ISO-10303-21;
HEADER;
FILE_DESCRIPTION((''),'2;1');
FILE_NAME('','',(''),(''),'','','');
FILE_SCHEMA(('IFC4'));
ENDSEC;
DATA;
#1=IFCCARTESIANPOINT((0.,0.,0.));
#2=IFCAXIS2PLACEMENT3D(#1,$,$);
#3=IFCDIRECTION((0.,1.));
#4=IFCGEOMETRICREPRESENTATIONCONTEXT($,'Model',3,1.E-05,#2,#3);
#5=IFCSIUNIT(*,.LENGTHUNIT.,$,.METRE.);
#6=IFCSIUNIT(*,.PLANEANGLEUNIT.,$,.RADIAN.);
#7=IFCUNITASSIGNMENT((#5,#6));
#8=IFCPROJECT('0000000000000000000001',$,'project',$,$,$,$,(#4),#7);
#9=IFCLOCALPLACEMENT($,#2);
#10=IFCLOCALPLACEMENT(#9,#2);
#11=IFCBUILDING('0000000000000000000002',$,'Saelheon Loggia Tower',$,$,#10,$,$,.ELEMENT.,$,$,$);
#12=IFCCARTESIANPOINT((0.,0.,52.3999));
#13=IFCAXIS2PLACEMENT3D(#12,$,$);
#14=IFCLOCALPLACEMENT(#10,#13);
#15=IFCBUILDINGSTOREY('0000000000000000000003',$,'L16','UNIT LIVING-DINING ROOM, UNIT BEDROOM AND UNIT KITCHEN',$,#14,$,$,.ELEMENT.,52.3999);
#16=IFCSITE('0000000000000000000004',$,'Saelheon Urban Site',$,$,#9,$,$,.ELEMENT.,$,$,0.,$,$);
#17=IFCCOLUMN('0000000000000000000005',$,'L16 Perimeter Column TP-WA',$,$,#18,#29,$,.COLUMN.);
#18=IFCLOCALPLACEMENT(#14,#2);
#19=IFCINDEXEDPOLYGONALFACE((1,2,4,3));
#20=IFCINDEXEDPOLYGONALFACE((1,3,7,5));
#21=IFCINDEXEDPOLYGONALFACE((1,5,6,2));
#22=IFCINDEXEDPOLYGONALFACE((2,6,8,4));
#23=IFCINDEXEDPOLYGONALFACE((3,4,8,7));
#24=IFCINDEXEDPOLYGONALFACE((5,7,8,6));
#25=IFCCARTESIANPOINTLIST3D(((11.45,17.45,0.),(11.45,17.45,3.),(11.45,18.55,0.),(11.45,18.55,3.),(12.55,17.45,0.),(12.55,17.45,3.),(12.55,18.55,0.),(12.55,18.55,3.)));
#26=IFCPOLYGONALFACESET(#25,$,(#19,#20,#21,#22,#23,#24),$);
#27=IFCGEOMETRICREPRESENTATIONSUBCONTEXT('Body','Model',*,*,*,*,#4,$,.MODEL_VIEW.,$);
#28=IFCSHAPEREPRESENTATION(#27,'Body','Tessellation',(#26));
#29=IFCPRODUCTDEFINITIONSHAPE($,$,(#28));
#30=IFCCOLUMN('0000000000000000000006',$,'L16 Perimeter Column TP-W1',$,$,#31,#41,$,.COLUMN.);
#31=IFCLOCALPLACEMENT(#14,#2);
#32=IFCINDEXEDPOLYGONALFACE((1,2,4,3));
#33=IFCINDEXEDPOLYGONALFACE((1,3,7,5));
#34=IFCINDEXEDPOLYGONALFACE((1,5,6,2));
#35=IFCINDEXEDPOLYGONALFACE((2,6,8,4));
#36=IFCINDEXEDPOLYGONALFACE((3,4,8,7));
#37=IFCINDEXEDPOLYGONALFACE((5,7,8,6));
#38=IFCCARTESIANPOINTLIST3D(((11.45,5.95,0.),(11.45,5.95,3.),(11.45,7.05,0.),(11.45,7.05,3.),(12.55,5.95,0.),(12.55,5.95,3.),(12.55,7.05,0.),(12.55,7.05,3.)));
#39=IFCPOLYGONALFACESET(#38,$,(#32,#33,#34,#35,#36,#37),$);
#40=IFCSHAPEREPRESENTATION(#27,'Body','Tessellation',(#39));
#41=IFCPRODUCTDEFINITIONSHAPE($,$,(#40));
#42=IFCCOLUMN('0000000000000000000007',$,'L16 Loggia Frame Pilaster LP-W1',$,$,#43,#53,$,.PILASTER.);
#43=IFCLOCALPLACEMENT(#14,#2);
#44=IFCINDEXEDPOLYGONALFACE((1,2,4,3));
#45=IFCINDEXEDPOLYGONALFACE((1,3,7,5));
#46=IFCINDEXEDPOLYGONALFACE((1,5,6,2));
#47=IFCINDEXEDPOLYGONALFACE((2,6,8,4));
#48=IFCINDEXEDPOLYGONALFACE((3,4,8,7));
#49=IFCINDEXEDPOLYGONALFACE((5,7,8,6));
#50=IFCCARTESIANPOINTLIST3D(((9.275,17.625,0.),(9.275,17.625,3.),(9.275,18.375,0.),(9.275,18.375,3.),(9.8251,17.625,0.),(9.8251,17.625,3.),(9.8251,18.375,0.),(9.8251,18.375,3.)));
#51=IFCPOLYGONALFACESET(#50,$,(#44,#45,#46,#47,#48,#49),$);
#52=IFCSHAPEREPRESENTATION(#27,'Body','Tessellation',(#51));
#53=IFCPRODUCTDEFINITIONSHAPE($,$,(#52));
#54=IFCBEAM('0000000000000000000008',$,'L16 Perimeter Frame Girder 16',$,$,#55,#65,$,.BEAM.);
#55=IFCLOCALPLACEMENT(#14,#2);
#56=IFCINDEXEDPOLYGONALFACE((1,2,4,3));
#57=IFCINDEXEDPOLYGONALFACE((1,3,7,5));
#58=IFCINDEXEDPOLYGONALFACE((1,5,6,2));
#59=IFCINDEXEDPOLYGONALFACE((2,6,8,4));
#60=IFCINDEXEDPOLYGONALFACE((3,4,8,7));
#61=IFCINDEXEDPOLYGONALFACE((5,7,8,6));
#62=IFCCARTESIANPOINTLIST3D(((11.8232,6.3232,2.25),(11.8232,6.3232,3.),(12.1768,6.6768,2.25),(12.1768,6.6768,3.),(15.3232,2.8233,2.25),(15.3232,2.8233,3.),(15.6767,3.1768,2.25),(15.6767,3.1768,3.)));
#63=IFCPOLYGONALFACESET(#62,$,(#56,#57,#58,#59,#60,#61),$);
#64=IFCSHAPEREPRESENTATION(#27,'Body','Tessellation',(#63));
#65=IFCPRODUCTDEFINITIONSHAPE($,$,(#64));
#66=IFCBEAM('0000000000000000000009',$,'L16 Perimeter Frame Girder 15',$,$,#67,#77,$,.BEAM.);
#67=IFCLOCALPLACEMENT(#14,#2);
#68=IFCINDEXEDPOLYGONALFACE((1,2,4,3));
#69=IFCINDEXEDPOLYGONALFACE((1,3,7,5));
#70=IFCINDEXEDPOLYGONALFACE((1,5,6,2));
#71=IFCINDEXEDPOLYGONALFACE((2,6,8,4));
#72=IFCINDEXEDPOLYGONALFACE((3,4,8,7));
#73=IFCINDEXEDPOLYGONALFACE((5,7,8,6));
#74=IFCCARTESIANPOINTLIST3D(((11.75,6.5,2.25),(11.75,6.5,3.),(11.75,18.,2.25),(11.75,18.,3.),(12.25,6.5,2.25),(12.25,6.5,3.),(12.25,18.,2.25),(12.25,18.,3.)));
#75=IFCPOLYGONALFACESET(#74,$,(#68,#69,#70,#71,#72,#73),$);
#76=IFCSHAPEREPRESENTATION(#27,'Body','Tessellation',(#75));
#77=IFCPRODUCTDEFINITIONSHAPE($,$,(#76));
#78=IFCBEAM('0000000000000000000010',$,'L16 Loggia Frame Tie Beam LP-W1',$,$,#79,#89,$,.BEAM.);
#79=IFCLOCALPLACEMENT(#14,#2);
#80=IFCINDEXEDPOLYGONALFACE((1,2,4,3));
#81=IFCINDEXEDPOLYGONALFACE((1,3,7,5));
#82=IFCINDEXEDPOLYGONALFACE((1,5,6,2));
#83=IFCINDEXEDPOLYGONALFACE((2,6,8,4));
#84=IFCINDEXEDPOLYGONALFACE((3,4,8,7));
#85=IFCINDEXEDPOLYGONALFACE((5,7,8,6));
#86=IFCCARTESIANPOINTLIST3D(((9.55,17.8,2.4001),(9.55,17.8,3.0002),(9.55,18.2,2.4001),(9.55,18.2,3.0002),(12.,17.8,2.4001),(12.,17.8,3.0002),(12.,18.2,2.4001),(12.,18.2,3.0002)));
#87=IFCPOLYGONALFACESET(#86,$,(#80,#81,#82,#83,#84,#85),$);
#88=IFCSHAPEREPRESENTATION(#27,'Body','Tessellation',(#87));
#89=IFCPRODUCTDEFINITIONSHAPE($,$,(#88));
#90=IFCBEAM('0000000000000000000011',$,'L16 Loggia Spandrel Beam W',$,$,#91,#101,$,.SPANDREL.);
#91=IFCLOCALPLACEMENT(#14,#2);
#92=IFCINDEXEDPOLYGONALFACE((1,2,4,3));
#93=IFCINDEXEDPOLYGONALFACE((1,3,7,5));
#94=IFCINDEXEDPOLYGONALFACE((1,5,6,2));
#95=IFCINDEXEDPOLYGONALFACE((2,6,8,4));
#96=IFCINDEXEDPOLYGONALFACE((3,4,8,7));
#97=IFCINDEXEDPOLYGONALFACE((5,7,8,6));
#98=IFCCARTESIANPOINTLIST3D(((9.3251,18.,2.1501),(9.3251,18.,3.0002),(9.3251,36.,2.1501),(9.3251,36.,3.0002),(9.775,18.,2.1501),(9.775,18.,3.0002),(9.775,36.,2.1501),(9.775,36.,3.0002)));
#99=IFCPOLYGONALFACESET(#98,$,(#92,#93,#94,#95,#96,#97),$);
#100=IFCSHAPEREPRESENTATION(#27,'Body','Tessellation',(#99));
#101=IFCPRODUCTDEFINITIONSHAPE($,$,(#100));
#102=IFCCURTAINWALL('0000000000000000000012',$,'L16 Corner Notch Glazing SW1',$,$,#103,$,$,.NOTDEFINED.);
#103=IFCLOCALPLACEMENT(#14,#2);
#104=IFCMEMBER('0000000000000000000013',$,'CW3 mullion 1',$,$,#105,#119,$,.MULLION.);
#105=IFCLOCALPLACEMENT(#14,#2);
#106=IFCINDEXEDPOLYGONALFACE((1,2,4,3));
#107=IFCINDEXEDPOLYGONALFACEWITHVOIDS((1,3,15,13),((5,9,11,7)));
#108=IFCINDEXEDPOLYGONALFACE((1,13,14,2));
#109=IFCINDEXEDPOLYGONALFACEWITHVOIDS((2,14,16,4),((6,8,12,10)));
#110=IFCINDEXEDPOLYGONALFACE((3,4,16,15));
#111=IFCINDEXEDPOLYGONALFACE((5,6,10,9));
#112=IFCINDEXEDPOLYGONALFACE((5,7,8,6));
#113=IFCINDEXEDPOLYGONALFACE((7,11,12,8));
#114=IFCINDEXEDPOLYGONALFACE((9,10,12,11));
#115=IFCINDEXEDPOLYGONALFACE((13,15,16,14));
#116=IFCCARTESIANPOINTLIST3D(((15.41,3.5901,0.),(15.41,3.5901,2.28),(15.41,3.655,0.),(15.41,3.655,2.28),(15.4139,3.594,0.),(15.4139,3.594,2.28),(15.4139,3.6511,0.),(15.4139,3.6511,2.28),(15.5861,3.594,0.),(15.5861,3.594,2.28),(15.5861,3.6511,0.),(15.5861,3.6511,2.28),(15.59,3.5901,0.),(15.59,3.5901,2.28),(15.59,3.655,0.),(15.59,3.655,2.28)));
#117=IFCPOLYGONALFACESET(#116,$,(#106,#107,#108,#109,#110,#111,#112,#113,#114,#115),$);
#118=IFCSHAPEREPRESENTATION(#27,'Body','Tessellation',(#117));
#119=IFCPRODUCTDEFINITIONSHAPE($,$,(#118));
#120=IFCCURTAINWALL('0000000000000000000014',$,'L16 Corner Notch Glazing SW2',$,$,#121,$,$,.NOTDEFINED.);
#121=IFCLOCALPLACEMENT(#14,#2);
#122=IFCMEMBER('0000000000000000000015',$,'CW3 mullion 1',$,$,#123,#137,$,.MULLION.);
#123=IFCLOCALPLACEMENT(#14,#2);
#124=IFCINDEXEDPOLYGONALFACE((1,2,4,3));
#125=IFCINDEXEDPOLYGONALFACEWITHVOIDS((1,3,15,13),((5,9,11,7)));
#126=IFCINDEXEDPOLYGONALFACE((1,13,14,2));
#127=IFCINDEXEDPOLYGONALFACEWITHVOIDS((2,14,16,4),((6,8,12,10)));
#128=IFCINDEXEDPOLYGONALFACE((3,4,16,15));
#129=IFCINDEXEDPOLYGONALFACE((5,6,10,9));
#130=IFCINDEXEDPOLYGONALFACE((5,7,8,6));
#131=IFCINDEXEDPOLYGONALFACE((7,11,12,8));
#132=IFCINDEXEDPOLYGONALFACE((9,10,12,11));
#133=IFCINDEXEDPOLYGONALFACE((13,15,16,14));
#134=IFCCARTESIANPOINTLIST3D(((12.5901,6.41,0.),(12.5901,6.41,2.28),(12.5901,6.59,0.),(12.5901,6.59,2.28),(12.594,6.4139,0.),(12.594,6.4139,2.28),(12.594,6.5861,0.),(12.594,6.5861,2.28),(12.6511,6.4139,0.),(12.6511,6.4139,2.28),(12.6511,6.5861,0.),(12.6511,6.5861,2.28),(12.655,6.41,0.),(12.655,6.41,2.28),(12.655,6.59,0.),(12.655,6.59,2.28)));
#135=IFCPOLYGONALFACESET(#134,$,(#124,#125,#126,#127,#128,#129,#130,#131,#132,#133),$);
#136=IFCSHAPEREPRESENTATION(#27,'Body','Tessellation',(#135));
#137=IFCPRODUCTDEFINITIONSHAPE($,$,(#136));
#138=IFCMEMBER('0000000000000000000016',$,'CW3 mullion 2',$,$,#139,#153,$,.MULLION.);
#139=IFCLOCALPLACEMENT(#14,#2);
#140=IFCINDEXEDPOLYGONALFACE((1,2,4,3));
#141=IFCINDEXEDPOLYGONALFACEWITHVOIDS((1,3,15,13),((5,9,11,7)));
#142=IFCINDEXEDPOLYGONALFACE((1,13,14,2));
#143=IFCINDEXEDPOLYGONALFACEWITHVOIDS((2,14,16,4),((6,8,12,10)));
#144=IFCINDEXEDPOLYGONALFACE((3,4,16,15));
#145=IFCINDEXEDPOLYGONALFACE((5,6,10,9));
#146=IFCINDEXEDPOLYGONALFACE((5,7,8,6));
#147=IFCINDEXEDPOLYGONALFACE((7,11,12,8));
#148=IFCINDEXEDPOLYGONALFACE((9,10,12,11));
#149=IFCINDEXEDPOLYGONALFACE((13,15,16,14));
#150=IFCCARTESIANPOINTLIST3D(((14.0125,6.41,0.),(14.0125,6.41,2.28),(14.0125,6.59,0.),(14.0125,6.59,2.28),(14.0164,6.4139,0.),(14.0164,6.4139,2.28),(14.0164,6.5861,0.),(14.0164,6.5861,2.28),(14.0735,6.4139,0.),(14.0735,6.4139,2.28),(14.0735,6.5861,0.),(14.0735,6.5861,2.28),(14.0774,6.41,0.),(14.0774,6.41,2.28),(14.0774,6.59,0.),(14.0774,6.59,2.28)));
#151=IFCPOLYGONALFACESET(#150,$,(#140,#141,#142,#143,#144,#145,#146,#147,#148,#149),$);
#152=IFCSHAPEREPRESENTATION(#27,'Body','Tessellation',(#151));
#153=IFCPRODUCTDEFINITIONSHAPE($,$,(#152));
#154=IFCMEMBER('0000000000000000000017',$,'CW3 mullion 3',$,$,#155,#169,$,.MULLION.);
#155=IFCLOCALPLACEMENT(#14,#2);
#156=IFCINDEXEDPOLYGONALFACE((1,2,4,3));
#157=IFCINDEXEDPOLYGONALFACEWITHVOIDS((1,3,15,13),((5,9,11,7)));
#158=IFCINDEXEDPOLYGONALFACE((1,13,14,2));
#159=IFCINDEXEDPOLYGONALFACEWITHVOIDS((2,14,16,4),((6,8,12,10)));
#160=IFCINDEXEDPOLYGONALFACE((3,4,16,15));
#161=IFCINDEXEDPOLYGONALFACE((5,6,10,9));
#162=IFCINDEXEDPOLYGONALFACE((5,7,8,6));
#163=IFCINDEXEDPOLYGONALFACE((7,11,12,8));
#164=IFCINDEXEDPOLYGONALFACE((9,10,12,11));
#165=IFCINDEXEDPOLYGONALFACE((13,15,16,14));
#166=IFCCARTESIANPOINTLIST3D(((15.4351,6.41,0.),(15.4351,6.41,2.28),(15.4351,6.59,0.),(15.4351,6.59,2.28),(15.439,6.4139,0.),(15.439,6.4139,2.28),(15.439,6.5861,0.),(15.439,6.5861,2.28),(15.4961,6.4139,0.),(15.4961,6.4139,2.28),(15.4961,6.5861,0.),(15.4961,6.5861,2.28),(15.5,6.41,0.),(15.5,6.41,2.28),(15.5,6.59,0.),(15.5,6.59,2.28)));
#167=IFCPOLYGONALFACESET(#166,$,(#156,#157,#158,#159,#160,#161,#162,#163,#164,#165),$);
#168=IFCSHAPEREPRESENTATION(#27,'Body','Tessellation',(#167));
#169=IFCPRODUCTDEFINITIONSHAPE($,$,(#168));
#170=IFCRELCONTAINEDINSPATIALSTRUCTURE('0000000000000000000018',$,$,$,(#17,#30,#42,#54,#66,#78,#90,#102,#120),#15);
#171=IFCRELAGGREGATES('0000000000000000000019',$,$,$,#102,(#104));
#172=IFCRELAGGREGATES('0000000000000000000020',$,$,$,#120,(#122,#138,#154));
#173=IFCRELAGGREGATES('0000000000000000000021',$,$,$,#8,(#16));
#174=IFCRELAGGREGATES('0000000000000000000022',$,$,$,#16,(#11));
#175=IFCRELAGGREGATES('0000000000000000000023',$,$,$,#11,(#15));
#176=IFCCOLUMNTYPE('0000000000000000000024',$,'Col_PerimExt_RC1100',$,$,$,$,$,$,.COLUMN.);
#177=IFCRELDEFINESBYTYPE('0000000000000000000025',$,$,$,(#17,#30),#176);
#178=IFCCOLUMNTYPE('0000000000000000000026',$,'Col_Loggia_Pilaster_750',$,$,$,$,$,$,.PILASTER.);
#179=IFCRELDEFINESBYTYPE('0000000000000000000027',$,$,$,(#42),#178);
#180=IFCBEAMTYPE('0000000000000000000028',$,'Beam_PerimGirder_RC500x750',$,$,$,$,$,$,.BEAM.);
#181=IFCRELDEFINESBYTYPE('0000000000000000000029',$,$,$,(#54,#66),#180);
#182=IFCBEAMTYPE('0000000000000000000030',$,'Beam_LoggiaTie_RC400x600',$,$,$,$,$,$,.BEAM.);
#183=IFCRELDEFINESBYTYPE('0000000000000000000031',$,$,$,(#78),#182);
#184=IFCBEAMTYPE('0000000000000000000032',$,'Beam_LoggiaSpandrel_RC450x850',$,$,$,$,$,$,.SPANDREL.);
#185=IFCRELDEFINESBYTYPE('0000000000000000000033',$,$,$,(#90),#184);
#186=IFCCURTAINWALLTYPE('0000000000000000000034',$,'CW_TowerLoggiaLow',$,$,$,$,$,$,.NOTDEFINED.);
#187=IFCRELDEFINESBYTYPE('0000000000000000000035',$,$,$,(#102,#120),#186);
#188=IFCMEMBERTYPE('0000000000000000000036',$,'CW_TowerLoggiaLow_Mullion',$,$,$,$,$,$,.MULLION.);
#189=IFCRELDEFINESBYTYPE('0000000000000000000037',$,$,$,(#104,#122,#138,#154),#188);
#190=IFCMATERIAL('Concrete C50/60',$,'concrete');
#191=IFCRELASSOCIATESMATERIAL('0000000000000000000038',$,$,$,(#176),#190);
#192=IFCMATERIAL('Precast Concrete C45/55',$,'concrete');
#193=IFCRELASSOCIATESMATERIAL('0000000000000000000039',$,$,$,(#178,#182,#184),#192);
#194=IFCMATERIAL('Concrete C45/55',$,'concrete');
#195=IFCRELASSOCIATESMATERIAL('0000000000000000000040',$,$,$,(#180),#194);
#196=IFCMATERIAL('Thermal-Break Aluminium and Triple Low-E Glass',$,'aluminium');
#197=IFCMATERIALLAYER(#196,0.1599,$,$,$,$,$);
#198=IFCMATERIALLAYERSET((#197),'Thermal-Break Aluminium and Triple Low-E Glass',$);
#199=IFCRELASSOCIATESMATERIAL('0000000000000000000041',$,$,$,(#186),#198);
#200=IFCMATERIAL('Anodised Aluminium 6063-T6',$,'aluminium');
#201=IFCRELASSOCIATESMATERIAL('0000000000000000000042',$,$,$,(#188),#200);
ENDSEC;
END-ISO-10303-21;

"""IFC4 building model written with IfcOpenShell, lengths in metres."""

from ifc_helpers import new_model, si_unit, direction, frame, origin, origin_2d, place, context, subcontext, project, spatial, rectangle, hollow_rectangle, extrude, source, transform, mapped, material, layer, layer_set, material_profile, profile_set, type_object, element, aggregate, save


model = new_model("IFC4")

# Units and contexts
model_context = context("Model", 3, precision=1e-05, world=origin(), true_north=direction((0.0, 1.0)))
body_context = subcontext(model_context, "Body", "Model", "MODEL_VIEW")
ifc_project = project(units=[si_unit("LENGTHUNIT", "METRE"), si_unit("PLANEANGLEUNIT", "RADIAN")], contexts=[model_context])

# Site, building, storey
site_placement = place(None, origin())
site = spatial("IfcSite", under=ifc_project, at=site_placement, Name="Saelheon Urban Site", CompositionType="ELEMENT", RefElevation=0.0)
building_placement = place(site_placement, origin())
building = spatial("IfcBuilding", under=site, at=building_placement, Name="Saelheon Loggia Tower", CompositionType="ELEMENT")
storey_placement = place(building_placement, frame((0.0, 0.0, 52.3999)))
storey = spatial("IfcBuildingStorey", under=building, at=storey_placement, Name="L16", Description="UNIT LIVING-DINING ROOM, UNIT BEDROOM AND UNIT KITCHEN", CompositionType="ELEMENT", Elevation=52.3999)

# Columns
ifc_material_1 = material(Name="Concrete C50/60", Category="concrete")
ifc_material_profile_1 = material_profile(ifc_material_1, rectangle(XDim=1.1001, YDim=1.1001, at=origin_2d()), Name="RC-1100x1100")
ifc_profile_set_1 = profile_set([ifc_material_profile_1], Name="Concrete C50/60")
column_type_1 = type_object("IfcColumnType", Name="Col_PerimExt_RC1100", PredefinedType="COLUMN", material=ifc_profile_set_1)
shared_shape_1 = source(origin(), body_context, "Body", "SweptSolid", [
    extrude(rectangle(XDim=1.1001, YDim=1.1001, at=origin_2d()), origin(), (0.0, 0.0, 1.0), 3.0),
])
for number, where, z_axis, x_axis, name in (
    (1, (12.0, 18.0, 0.0), (0.0, 0.0, 1.0), (1.0, 0.0, 0.0), "L16 Perimeter Column TP-WA"),
    (2, (12.0, 6.5, 0.0), (0.0, 0.0, 1.0), (1.0, 0.0, 0.0), "L16 Perimeter Column TP-W1"),
):
    element("IfcColumn", number, at=place(storey_placement, frame(where, z_axis=z_axis, x_axis=x_axis)), inside=storey, type_object=column_type_1, Name=name, PredefinedType="COLUMN", context=body_context, shape_type="MappedRepresentation", body=[
        mapped(shared_shape_1, transform((0.0, 0.0, 0.0), scale=1.0)),
    ])
ifc_material_2 = material(Name="Precast Concrete C45/55", Category="concrete")
ifc_material_profile_2 = material_profile(ifc_material_2, rectangle(XDim=0.55, YDim=0.75, at=origin_2d()), Name="RC-550x750")
ifc_profile_set_2 = profile_set([ifc_material_profile_2], Name="Precast Concrete C45/55")
column_type_2 = type_object("IfcColumnType", Name="Col_Loggia_Pilaster_750", PredefinedType="PILASTER", material=ifc_profile_set_2)
shared_shape_2 = source(origin(), body_context, "Body", "SweptSolid", [
    extrude(rectangle(XDim=0.55, YDim=0.75, at=origin_2d()), origin(), (0.0, 0.0, 1.0), 3.0),
])
column_placement = place(storey_placement, frame((9.55, 18.0, 0.0), z_axis=(0.0, 0.0, 1.0), x_axis=(1.0, 0.0, 0.0)))
element("IfcColumn", 3, at=column_placement, inside=storey, type_object=column_type_2, Name="L16 Loggia Frame Pilaster LP-W1", PredefinedType="PILASTER", context=body_context, shape_type="MappedRepresentation", body=[
    mapped(shared_shape_2, transform((0.0, 0.0, 0.0), scale=1.0)),
])

# Beams
ifc_material_3 = material(Name="Concrete C45/55", Category="concrete")
ifc_material_profile_3 = material_profile(ifc_material_3, rectangle(XDim=0.5, YDim=0.75, at=origin_2d()), Name="RC-500x750")
ifc_profile_set_3 = profile_set([ifc_material_profile_3], Name="Concrete C45/55")
beam_type_1 = type_object("IfcBeamType", Name="Beam_PerimGirder_RC500x750", PredefinedType="BEAM", material=ifc_profile_set_3)
shared_shape_3 = source(origin(), body_context, "Body", "SweptSolid", [
    extrude(rectangle(XDim=0.5, YDim=0.75, at=origin_2d()), origin(), (0.0, 0.0, 1.0), 4.9497),
])
beam_1_placement = place(storey_placement, frame((12.0, 6.5, 2.625), z_axis=(0.707107, -0.707107, 0.0), x_axis=(0.707107, 0.707107, 0.0)))
element("IfcBeam", 4, at=beam_1_placement, inside=storey, type_object=beam_type_1, Name="L16 Perimeter Frame Girder 16", PredefinedType="BEAM", context=body_context, shape_type="MappedRepresentation", body=[
    mapped(shared_shape_3, transform((0.0, 0.0, 0.0), scale=1.0)),
])
shared_shape_4 = source(origin(), body_context, "Body", "SweptSolid", [
    extrude(rectangle(XDim=0.5, YDim=0.75, at=origin_2d()), origin(), (0.0, 0.0, 1.0), 11.5),
])
beam_2_placement = place(storey_placement, frame((12.0, 18.0, 2.625), z_axis=(0.0, -1.0, 0.0), x_axis=(1.0, 0.0, 0.0)))
element("IfcBeam", 5, at=beam_2_placement, inside=storey, type_object=beam_type_1, Name="L16 Perimeter Frame Girder 15", PredefinedType="BEAM", context=body_context, shape_type="MappedRepresentation", body=[
    mapped(shared_shape_4, transform((0.0, 0.0, 0.0), scale=1.0)),
])
ifc_material_profile_4 = material_profile(ifc_material_2, rectangle(XDim=0.3999, YDim=0.6001, at=origin_2d()), Name="RC-400x600")
ifc_profile_set_4 = profile_set([ifc_material_profile_4], Name="Precast Concrete C45/55")
beam_type_2 = type_object("IfcBeamType", Name="Beam_LoggiaTie_RC400x600", PredefinedType="BEAM", material=ifc_profile_set_4)
shared_shape_5 = source(origin(), body_context, "Body", "SweptSolid", [
    extrude(rectangle(XDim=0.3999, YDim=0.6001, at=origin_2d()), origin(), (0.0, 0.0, 1.0), 2.45),
])
beam_3_placement = place(storey_placement, frame((12.0, 18.0, 2.7002), z_axis=(-1.0, 0.0, 0.0), x_axis=(0.0, -1.0, 0.0)))
element("IfcBeam", 6, at=beam_3_placement, inside=storey, type_object=beam_type_2, Name="L16 Loggia Frame Tie Beam LP-W1", PredefinedType="BEAM", context=body_context, shape_type="MappedRepresentation", body=[
    mapped(shared_shape_5, transform((0.0, 0.0, 0.0), scale=1.0)),
])
ifc_material_profile_5 = material_profile(ifc_material_2, rectangle(XDim=0.45, YDim=0.8501, at=origin_2d()), Name="RC-450x850")
ifc_profile_set_5 = profile_set([ifc_material_profile_5], Name="Precast Concrete C45/55")
beam_type_3 = type_object("IfcBeamType", Name="Beam_LoggiaSpandrel_RC450x850", PredefinedType="SPANDREL", material=ifc_profile_set_5)
shared_shape_6 = source(origin(), body_context, "Body", "SweptSolid", [
    extrude(rectangle(XDim=0.45, YDim=0.8501, at=origin_2d()), origin(), (0.0, 0.0, 1.0), 18.0),
])
beam_4_placement = place(storey_placement, frame((9.55, 18.0, 2.5752), z_axis=(0.0, 1.0, 0.0), x_axis=(-1.0, 0.0, 0.0)))
element("IfcBeam", 7, at=beam_4_placement, inside=storey, type_object=beam_type_3, Name="L16 Loggia Spandrel Beam W", PredefinedType="SPANDREL", context=body_context, shape_type="MappedRepresentation", body=[
    mapped(shared_shape_6, transform((0.0, 0.0, 0.0), scale=1.0)),
])

# Curtain wall, member
ifc_material_4 = material(Name="Thermal-Break Aluminium and Triple Low-E Glass", Category="aluminium")
ifc_layer_1 = layer(ifc_material_4, 0.1599)
ifc_layer_set_1 = layer_set([ifc_layer_1], Name="Thermal-Break Aluminium and Triple Low-E Glass")
curtain_wall_type = type_object("IfcCurtainWallType", Name="CW_TowerLoggiaLow", PredefinedType="NOTDEFINED", material=ifc_layer_set_1)
curtain_wall_1_placement = place(storey_placement, origin())
curtain_wall_1 = element("IfcCurtainWall", 8, at=curtain_wall_1_placement, inside=storey, type_object=curtain_wall_type, Name="L16 Corner Notch Glazing SW1", PredefinedType="NOTDEFINED")
ifc_material_5 = material(Name="Anodised Aluminium 6063-T6", Category="aluminium")
ifc_material_profile_6 = material_profile(ifc_material_5, hollow_rectangle(XDim=0.0649, YDim=0.1799, WallThickness=0.0039, at=origin_2d()), Name="RHS-180x65x4")
ifc_profile_set_6 = profile_set([ifc_material_profile_6], Name="Anodised Aluminium 6063-T6")
member_type_1 = type_object("IfcMemberType", Name="CW_TowerLoggiaLow_Mullion", PredefinedType="MULLION", material=ifc_profile_set_6)
shared_shape_7 = source(origin(), body_context, "Body", "SweptSolid", [
    extrude(hollow_rectangle(XDim=0.0649, YDim=0.1799, WallThickness=0.0039, at=origin_2d()), origin(), (0.0, 0.0, 1.0), 2.28),
])
member_1_placement = place(storey_placement, frame((15.5, 3.6226, 0.0), z_axis=(0.0, 0.0, 1.0), x_axis=(0.0, 1.0, 0.0)))
member_1 = element("IfcMember", 9, at=member_1_placement, type_object=member_type_1, Name="CW3 mullion 1", PredefinedType="MULLION", context=body_context, shape_type="MappedRepresentation", body=[
    mapped(shared_shape_7, transform((0.0, 0.0, 0.0), scale=1.0)),
])
aggregate(curtain_wall_1, [member_1])

# Curtain wall, members
curtain_wall_2_placement = place(storey_placement, origin())
curtain_wall_2 = element("IfcCurtainWall", 10, at=curtain_wall_2_placement, inside=storey, type_object=curtain_wall_type, Name="L16 Corner Notch Glazing SW2", PredefinedType="NOTDEFINED")
member_2_placement = place(storey_placement, frame((12.6226, 6.5, 0.0), z_axis=(0.0, 0.0, 1.0), x_axis=(1.0, 0.0, 0.0)))
member_2 = element("IfcMember", 11, at=member_2_placement, type_object=member_type_1, Name="CW3 mullion 1", PredefinedType="MULLION", context=body_context, shape_type="MappedRepresentation", body=[
    mapped(shared_shape_7, transform((0.0, 0.0, 0.0), scale=1.0)),
])
member_3_placement = place(storey_placement, frame((14.0449, 6.5, 0.0), z_axis=(0.0, 0.0, 1.0), x_axis=(1.0, 0.0, 0.0)))
member_3 = element("IfcMember", 12, at=member_3_placement, type_object=member_type_1, Name="CW3 mullion 2", PredefinedType="MULLION", context=body_context, shape_type="MappedRepresentation", body=[
    mapped(shared_shape_7, transform((0.0, 0.0, 0.0), scale=1.0)),
])
member_4_placement = place(storey_placement, frame((15.4675, 6.5, 0.0), z_axis=(0.0, 0.0, 1.0), x_axis=(1.0, 0.0, 0.0)))
member_4 = element("IfcMember", 13, at=member_4_placement, type_object=member_type_1, Name="CW3 mullion 3", PredefinedType="MULLION", context=body_context, shape_type="MappedRepresentation", body=[
    mapped(shared_shape_7, transform((0.0, 0.0, 0.0), scale=1.0)),
])
aggregate(curtain_wall_2, [member_2, member_3, member_4])

save(model, "model.ifc")
